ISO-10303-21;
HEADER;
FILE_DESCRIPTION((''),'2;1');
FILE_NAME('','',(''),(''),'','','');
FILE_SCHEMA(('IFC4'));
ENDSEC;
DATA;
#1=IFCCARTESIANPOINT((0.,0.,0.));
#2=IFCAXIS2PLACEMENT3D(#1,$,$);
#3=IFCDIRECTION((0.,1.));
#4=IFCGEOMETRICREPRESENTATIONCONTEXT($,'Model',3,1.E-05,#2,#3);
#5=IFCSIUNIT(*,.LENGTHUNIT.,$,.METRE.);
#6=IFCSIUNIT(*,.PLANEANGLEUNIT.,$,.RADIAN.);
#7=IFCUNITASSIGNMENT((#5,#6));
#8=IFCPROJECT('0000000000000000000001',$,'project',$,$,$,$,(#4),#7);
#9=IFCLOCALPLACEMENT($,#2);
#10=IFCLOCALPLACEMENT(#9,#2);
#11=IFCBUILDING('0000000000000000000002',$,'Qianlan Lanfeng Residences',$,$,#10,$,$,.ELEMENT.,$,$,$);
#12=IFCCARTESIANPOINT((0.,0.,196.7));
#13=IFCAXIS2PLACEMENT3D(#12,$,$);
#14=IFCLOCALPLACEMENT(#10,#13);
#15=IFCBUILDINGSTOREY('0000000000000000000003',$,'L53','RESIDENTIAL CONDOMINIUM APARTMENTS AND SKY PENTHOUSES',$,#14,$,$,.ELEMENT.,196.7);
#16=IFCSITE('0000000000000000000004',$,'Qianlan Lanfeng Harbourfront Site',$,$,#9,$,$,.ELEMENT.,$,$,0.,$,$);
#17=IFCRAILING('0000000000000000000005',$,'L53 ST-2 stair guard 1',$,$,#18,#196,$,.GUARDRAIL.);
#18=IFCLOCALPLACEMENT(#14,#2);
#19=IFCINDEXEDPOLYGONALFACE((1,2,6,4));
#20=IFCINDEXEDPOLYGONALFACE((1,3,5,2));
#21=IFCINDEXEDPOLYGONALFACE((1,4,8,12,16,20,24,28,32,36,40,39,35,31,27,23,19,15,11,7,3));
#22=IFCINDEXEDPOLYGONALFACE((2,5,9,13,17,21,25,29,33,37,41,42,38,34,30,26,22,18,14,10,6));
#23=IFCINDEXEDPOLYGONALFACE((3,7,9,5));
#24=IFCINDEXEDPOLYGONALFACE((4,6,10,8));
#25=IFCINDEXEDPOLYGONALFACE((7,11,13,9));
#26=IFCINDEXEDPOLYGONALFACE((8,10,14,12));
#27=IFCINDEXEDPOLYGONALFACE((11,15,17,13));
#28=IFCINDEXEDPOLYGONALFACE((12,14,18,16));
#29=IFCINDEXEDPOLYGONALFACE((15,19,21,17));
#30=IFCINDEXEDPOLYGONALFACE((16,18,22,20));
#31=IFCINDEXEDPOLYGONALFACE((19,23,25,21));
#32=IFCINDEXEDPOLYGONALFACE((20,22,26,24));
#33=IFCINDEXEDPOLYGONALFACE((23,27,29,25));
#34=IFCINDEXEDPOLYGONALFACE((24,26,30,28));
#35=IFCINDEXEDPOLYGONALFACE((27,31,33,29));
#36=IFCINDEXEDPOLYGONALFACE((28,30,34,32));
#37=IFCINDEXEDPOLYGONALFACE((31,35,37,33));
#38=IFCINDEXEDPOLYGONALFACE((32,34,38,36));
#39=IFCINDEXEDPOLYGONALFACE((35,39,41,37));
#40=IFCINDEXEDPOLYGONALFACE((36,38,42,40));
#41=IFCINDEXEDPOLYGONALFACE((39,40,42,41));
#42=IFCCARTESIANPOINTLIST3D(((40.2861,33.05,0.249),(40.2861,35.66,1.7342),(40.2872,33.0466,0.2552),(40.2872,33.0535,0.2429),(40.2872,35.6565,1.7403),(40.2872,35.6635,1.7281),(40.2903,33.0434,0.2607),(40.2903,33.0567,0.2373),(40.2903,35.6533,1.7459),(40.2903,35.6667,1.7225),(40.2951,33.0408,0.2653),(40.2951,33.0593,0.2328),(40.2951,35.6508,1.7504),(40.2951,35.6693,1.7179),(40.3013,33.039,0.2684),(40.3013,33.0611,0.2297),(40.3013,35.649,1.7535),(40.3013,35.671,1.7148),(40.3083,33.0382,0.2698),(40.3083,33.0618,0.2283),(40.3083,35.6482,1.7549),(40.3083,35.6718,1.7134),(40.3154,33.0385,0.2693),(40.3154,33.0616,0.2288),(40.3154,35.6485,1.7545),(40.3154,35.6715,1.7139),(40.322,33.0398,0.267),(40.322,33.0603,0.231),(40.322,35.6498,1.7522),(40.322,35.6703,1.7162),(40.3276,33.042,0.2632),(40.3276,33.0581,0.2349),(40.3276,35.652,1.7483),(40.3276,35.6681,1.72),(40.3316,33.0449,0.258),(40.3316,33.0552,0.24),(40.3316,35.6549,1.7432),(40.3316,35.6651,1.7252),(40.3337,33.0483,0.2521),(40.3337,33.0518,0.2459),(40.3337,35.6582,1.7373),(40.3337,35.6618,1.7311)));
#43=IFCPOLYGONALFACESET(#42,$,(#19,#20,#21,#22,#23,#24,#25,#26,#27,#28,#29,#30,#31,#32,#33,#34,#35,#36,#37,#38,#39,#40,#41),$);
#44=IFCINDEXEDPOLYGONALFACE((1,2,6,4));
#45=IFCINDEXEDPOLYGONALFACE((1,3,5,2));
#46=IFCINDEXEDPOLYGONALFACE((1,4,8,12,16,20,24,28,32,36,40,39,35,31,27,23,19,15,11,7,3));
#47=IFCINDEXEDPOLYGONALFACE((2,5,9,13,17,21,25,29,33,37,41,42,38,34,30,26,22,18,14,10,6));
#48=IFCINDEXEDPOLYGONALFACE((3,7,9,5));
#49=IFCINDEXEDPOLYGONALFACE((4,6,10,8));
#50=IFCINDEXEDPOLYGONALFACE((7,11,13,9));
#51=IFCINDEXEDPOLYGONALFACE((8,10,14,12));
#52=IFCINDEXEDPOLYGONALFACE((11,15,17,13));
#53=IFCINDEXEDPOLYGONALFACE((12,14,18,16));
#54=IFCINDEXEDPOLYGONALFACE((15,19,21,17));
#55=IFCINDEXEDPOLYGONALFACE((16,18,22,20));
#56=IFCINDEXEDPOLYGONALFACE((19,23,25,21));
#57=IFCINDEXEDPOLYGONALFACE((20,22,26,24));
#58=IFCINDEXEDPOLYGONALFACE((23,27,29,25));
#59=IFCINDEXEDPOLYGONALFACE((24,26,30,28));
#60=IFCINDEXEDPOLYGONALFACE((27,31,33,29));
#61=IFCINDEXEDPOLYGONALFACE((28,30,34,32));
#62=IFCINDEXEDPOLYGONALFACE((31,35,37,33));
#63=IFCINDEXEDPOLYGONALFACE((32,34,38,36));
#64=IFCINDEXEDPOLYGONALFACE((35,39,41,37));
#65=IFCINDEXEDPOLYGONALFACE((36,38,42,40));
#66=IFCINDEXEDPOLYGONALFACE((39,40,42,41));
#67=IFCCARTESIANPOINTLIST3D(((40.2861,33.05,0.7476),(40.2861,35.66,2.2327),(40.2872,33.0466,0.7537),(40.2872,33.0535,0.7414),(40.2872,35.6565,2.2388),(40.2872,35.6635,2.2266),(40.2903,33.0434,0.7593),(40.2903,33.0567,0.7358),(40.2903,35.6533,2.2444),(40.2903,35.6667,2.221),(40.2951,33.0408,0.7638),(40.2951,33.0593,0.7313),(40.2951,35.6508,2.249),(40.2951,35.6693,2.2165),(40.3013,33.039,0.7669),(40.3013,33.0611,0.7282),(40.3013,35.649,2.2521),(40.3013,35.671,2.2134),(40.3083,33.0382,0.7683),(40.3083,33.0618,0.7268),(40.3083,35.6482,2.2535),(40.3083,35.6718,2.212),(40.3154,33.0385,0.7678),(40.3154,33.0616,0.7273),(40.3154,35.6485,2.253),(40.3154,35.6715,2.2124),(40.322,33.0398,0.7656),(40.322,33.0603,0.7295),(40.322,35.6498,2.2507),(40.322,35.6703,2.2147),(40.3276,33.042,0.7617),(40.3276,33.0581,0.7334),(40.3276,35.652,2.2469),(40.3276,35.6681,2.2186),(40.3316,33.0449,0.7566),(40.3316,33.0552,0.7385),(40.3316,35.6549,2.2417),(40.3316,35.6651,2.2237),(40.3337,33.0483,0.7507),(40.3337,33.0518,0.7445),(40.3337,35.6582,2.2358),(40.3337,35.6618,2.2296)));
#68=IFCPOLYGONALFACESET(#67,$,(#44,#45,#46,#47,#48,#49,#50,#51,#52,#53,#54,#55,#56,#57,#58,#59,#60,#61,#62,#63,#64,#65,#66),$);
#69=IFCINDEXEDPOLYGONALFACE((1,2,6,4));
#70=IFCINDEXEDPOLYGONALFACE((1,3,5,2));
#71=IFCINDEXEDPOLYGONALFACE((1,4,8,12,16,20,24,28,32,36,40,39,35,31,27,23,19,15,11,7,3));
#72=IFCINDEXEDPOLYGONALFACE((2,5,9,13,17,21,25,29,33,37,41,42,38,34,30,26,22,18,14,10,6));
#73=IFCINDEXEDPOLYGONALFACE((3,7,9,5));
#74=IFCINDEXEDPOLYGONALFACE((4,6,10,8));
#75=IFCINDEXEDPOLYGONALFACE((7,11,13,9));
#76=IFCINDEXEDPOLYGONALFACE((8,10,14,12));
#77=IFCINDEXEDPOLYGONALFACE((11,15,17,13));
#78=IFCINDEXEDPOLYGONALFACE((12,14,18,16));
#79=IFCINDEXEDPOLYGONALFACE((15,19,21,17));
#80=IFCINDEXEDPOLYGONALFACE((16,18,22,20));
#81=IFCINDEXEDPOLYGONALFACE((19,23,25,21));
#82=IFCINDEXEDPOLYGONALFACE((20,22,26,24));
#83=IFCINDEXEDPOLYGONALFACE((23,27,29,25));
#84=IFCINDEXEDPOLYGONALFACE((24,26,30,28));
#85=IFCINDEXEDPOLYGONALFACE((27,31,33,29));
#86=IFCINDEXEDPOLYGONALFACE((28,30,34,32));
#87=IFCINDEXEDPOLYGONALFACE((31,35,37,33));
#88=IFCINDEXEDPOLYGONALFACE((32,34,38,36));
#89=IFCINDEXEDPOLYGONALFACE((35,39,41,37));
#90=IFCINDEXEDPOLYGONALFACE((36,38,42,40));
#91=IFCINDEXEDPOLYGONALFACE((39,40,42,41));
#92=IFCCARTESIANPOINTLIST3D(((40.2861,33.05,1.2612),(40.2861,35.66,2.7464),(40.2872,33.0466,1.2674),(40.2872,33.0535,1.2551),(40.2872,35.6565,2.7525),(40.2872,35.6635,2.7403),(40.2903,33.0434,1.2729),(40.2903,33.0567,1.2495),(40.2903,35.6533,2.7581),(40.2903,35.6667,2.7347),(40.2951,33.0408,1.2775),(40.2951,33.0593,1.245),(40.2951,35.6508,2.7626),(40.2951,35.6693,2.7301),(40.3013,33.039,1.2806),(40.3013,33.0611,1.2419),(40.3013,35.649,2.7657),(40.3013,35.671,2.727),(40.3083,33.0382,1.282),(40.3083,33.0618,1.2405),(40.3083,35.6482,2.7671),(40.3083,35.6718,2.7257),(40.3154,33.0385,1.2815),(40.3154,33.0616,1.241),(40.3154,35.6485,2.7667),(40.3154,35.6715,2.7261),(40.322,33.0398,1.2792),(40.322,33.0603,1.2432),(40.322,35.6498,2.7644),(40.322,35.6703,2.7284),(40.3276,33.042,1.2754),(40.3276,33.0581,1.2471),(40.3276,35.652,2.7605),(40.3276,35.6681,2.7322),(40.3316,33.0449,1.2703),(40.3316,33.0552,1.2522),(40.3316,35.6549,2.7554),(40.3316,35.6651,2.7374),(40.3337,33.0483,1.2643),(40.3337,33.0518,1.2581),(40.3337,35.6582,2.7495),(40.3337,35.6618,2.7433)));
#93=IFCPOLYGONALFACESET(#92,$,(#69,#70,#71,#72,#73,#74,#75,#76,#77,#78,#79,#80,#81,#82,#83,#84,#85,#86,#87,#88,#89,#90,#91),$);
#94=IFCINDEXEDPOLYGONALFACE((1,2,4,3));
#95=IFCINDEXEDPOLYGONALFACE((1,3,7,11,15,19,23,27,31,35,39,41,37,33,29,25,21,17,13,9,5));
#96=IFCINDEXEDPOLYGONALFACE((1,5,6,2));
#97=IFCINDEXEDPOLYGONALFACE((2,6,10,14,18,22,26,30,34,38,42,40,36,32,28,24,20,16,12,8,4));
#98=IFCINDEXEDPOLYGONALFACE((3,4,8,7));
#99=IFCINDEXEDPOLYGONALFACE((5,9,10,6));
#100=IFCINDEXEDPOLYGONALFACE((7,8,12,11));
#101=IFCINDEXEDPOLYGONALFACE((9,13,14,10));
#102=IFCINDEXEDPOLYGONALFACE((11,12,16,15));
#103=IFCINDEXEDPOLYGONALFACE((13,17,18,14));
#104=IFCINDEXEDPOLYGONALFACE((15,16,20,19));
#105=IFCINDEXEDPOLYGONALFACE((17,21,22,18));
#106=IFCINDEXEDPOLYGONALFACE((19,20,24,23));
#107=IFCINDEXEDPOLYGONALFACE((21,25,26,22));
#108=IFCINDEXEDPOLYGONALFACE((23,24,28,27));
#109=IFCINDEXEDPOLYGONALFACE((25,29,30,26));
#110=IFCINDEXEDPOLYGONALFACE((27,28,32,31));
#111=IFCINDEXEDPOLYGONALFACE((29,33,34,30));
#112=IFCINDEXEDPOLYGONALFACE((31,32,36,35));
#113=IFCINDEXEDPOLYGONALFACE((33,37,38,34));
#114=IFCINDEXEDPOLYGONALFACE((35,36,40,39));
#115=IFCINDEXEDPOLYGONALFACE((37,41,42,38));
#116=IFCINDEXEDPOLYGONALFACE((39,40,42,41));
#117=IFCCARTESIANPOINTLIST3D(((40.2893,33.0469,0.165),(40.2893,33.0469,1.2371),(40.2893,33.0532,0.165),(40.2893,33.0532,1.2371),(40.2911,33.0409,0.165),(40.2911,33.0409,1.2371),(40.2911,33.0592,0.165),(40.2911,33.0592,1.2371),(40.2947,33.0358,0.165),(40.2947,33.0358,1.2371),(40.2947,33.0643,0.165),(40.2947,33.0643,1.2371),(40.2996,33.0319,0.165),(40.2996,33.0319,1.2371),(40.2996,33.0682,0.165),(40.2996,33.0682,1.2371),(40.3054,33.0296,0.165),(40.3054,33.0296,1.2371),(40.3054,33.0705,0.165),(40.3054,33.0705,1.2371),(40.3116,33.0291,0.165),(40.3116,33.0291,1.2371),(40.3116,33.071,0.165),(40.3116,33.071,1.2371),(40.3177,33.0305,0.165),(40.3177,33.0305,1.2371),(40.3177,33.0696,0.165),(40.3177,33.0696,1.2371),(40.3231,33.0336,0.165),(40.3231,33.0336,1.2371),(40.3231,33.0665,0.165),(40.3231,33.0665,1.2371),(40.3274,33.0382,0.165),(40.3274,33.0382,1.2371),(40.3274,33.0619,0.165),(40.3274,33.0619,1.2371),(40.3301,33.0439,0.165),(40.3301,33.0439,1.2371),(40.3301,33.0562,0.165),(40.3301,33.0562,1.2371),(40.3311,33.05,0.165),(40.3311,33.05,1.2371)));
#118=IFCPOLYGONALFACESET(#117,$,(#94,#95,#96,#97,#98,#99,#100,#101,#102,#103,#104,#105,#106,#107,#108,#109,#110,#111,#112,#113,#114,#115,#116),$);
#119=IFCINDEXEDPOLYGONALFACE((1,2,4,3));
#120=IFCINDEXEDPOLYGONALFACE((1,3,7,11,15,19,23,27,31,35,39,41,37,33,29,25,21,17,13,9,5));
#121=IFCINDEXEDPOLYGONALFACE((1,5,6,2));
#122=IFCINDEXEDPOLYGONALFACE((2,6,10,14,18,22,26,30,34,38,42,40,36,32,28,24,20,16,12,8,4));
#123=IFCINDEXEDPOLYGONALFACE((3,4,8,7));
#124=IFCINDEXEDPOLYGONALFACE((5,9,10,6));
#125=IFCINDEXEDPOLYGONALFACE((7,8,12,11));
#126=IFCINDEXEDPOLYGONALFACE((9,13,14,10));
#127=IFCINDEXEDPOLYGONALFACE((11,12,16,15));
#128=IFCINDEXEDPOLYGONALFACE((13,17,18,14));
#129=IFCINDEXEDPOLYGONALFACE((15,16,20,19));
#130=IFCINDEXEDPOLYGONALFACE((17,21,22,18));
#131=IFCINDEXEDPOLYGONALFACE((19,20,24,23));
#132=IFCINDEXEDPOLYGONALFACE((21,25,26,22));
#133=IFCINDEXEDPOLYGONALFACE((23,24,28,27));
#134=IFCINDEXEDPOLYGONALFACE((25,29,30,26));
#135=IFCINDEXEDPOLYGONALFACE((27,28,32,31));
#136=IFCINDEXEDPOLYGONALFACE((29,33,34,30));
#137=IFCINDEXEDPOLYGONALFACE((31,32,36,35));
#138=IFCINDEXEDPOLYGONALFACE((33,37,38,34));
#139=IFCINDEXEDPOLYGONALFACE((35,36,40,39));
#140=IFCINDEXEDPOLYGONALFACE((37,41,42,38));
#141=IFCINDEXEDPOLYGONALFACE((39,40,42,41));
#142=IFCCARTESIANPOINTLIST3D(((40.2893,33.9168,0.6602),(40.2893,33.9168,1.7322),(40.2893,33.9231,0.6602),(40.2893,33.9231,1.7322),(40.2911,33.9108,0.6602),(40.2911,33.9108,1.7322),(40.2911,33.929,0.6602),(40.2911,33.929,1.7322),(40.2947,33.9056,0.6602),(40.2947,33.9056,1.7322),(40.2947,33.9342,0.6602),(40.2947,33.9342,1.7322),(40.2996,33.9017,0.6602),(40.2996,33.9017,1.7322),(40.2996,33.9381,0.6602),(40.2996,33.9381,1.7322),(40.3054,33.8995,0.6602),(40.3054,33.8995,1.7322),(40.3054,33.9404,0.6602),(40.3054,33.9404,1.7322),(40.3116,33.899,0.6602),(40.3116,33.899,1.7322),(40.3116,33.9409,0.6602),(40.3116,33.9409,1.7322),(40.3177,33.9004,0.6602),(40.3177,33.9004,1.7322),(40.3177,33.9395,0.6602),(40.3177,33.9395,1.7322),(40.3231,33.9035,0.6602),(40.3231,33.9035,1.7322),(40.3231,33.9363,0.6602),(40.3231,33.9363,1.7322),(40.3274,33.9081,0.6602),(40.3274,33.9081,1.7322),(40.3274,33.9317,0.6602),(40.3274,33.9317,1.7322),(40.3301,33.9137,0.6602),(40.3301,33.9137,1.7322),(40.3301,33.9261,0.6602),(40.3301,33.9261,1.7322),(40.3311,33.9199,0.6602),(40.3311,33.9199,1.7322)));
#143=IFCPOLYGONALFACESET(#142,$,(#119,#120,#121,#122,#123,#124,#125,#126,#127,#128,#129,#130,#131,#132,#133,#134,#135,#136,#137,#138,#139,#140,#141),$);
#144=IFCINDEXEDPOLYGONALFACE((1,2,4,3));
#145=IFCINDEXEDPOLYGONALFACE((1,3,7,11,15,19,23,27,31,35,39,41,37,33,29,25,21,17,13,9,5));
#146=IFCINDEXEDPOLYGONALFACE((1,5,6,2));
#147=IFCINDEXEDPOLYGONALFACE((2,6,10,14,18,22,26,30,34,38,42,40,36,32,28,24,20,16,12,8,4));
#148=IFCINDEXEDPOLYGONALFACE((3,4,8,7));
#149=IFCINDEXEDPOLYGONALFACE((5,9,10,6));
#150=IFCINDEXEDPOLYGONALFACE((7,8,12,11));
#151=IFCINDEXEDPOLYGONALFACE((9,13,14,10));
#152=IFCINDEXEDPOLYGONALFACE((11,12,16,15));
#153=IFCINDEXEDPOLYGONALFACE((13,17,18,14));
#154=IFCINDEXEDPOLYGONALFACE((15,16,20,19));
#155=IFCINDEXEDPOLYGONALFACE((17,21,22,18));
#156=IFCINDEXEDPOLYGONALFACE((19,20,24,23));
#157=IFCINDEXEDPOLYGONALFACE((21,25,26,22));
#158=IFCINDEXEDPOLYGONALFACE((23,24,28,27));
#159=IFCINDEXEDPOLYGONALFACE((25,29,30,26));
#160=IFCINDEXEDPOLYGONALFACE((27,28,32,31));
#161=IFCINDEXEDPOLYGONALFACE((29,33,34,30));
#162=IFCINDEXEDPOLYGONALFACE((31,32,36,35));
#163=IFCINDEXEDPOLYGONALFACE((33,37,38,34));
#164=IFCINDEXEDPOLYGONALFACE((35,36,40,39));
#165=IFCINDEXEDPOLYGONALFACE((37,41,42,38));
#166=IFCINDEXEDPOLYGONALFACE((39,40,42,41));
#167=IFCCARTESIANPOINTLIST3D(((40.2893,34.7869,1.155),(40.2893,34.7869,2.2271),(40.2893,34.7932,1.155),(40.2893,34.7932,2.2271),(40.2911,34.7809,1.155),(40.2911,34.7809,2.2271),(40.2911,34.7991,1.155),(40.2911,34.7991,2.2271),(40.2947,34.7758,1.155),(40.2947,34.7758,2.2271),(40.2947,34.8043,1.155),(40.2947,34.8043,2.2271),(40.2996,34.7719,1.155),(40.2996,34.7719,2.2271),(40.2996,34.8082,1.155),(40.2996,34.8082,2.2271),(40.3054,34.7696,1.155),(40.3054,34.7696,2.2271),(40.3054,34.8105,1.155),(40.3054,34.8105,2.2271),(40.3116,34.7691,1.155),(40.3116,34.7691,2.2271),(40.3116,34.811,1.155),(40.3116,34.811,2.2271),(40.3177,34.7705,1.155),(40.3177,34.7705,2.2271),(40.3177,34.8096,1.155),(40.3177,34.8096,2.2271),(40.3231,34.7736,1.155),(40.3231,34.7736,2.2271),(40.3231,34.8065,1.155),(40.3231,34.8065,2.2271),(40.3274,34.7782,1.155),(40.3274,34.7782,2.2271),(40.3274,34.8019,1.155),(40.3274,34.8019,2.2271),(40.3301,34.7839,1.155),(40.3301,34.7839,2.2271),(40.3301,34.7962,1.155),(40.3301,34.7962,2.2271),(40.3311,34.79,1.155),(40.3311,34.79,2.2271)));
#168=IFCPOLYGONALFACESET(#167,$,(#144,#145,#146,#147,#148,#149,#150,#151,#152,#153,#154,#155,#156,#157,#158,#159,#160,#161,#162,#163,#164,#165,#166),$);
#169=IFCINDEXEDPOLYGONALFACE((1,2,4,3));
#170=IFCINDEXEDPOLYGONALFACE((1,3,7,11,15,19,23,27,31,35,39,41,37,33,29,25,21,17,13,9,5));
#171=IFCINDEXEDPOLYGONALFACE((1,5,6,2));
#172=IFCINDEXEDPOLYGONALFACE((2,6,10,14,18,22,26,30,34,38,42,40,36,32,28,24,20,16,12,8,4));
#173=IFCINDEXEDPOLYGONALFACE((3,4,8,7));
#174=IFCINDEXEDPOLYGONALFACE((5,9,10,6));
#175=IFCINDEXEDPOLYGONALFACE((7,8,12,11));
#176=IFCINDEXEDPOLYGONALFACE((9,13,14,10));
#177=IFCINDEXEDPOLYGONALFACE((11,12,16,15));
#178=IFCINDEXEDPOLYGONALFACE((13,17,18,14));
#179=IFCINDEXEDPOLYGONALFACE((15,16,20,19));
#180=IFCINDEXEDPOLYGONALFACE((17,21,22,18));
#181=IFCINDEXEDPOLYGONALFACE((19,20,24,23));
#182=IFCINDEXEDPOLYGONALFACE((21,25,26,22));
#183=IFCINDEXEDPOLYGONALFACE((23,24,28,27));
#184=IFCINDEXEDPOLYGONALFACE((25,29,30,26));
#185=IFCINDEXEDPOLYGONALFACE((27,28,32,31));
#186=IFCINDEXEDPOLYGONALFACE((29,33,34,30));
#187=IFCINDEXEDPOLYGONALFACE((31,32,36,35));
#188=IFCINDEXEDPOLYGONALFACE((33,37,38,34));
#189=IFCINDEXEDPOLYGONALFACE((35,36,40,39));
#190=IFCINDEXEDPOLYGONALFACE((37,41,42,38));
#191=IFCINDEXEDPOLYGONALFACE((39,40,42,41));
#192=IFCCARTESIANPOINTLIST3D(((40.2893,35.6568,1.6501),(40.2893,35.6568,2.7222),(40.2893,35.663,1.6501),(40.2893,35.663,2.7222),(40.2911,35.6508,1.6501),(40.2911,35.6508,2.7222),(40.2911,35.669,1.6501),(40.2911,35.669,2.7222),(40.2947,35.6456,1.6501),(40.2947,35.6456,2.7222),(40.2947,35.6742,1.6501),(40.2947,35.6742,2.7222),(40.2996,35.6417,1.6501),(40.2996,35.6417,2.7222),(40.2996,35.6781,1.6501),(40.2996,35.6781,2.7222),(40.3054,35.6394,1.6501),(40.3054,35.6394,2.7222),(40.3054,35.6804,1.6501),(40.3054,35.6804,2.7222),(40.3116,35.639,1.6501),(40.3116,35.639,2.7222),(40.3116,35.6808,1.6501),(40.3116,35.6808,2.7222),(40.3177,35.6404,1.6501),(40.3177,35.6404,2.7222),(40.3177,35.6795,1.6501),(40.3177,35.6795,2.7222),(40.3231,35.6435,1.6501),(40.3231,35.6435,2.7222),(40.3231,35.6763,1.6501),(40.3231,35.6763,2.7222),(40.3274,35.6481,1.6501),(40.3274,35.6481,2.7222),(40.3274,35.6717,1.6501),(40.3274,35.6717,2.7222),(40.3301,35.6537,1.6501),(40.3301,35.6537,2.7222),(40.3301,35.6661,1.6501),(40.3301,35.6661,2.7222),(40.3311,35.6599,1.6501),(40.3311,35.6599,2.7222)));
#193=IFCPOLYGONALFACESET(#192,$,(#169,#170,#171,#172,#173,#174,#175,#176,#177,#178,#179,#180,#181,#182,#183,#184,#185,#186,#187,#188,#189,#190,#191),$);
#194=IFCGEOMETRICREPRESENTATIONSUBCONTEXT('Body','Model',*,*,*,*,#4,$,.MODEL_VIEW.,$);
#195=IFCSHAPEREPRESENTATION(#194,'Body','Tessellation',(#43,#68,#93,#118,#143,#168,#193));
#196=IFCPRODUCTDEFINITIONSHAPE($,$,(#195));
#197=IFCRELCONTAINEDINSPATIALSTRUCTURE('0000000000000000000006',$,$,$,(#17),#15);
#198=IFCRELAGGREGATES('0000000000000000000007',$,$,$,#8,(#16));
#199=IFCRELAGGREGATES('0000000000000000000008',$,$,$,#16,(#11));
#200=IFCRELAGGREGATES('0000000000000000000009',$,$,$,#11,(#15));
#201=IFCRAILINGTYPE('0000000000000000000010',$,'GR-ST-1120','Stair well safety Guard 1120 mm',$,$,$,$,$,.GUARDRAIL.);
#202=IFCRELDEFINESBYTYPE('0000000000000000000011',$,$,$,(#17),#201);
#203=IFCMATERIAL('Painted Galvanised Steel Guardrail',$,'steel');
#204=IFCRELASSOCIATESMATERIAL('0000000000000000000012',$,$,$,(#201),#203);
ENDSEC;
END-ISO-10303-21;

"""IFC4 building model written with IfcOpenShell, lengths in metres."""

from ifc_helpers import new_model, si_unit, direction, frame, origin, origin_2d, place, context, subcontext, project, spatial, circle, extrude, material, type_object, element, save


model = new_model("IFC4")

# Units and contexts
model_context = context("Model", 3, precision=1e-05, world=origin(), true_north=direction((0.0, 1.0)))
body_context = subcontext(model_context, "Body", "Model", "MODEL_VIEW")
ifc_project = project(units=[si_unit("LENGTHUNIT", "METRE"), si_unit("PLANEANGLEUNIT", "RADIAN")], contexts=[model_context])

# Site, building, storey
site_placement = place(None, origin())
site = spatial("IfcSite", under=ifc_project, at=site_placement, Name="Qianlan Lanfeng Harbourfront Site", CompositionType="ELEMENT", RefElevation=0.0)
building_placement = place(site_placement, origin())
building = spatial("IfcBuilding", under=site, at=building_placement, Name="Qianlan Lanfeng Residences", CompositionType="ELEMENT")
storey_placement = place(building_placement, frame((0.0, 0.0, 196.7)))
storey = spatial("IfcBuildingStorey", under=building, at=storey_placement, Name="L53", Description="RESIDENTIAL CONDOMINIUM APARTMENTS AND SKY PENTHOUSES", CompositionType="ELEMENT", Elevation=196.7)

# Railing
ifc_material_1 = material(Name="Painted Galvanised Steel Guardrail", Category="steel")
railing_type_1 = type_object("IfcRailingType", Name="GR-ST-1120", Description="Stair well safety Guard 1120 mm", PredefinedType="GUARDRAIL", material=ifc_material_1)
railing_1_placement = place(storey_placement, frame((40.3101, 33.05, 0.165)))
element("IfcRailing", 1, at=railing_1_placement, inside=storey, type_object=railing_type_1, Name="L53 ST-2 stair guard 1", PredefinedType="GUARDRAIL", context=body_context, shape_type="SweptSolid", body=[
    extrude(circle(Radius=0.0239, at=origin_2d()), frame((0.0, 0.0, 0.084), z_axis=(0.0, 0.869137, 0.494571), x_axis=(-1.0, 0.0, 0.0)), (0.0, 0.0, 1.0), 3.0029),
    extrude(circle(Radius=0.0239, at=origin_2d()), frame((0.0, 0.0, 0.5825), z_axis=(0.0, 0.869137, 0.494571), x_axis=(-1.0, 0.0, 0.0)), (0.0, 0.0, 1.0), 3.0029),
    extrude(circle(Radius=0.0239, at=origin_2d()), frame((0.0, 0.0, 1.0962), z_axis=(0.0, 0.869137, 0.494571), x_axis=(-1.0, 0.0, 0.0)), (0.0, 0.0, 1.0), 3.0029),
    extrude(circle(Radius=0.021, at=origin_2d()), origin(), (0.0, 0.0, 1.0), 1.072),
    extrude(circle(Radius=0.021, at=origin_2d()), frame((0.0, 0.8699, 0.4951)), (0.0, 0.0, 1.0), 1.072),
    extrude(circle(Radius=0.021, at=origin_2d()), frame((0.0, 1.74, 0.99)), (0.0, 0.0, 1.0), 1.072),
    extrude(circle(Radius=0.021, at=origin_2d()), frame((0.0, 2.6099, 1.4851)), (0.0, 0.0, 1.0), 1.072),
])

save(model, "model.ifc")
